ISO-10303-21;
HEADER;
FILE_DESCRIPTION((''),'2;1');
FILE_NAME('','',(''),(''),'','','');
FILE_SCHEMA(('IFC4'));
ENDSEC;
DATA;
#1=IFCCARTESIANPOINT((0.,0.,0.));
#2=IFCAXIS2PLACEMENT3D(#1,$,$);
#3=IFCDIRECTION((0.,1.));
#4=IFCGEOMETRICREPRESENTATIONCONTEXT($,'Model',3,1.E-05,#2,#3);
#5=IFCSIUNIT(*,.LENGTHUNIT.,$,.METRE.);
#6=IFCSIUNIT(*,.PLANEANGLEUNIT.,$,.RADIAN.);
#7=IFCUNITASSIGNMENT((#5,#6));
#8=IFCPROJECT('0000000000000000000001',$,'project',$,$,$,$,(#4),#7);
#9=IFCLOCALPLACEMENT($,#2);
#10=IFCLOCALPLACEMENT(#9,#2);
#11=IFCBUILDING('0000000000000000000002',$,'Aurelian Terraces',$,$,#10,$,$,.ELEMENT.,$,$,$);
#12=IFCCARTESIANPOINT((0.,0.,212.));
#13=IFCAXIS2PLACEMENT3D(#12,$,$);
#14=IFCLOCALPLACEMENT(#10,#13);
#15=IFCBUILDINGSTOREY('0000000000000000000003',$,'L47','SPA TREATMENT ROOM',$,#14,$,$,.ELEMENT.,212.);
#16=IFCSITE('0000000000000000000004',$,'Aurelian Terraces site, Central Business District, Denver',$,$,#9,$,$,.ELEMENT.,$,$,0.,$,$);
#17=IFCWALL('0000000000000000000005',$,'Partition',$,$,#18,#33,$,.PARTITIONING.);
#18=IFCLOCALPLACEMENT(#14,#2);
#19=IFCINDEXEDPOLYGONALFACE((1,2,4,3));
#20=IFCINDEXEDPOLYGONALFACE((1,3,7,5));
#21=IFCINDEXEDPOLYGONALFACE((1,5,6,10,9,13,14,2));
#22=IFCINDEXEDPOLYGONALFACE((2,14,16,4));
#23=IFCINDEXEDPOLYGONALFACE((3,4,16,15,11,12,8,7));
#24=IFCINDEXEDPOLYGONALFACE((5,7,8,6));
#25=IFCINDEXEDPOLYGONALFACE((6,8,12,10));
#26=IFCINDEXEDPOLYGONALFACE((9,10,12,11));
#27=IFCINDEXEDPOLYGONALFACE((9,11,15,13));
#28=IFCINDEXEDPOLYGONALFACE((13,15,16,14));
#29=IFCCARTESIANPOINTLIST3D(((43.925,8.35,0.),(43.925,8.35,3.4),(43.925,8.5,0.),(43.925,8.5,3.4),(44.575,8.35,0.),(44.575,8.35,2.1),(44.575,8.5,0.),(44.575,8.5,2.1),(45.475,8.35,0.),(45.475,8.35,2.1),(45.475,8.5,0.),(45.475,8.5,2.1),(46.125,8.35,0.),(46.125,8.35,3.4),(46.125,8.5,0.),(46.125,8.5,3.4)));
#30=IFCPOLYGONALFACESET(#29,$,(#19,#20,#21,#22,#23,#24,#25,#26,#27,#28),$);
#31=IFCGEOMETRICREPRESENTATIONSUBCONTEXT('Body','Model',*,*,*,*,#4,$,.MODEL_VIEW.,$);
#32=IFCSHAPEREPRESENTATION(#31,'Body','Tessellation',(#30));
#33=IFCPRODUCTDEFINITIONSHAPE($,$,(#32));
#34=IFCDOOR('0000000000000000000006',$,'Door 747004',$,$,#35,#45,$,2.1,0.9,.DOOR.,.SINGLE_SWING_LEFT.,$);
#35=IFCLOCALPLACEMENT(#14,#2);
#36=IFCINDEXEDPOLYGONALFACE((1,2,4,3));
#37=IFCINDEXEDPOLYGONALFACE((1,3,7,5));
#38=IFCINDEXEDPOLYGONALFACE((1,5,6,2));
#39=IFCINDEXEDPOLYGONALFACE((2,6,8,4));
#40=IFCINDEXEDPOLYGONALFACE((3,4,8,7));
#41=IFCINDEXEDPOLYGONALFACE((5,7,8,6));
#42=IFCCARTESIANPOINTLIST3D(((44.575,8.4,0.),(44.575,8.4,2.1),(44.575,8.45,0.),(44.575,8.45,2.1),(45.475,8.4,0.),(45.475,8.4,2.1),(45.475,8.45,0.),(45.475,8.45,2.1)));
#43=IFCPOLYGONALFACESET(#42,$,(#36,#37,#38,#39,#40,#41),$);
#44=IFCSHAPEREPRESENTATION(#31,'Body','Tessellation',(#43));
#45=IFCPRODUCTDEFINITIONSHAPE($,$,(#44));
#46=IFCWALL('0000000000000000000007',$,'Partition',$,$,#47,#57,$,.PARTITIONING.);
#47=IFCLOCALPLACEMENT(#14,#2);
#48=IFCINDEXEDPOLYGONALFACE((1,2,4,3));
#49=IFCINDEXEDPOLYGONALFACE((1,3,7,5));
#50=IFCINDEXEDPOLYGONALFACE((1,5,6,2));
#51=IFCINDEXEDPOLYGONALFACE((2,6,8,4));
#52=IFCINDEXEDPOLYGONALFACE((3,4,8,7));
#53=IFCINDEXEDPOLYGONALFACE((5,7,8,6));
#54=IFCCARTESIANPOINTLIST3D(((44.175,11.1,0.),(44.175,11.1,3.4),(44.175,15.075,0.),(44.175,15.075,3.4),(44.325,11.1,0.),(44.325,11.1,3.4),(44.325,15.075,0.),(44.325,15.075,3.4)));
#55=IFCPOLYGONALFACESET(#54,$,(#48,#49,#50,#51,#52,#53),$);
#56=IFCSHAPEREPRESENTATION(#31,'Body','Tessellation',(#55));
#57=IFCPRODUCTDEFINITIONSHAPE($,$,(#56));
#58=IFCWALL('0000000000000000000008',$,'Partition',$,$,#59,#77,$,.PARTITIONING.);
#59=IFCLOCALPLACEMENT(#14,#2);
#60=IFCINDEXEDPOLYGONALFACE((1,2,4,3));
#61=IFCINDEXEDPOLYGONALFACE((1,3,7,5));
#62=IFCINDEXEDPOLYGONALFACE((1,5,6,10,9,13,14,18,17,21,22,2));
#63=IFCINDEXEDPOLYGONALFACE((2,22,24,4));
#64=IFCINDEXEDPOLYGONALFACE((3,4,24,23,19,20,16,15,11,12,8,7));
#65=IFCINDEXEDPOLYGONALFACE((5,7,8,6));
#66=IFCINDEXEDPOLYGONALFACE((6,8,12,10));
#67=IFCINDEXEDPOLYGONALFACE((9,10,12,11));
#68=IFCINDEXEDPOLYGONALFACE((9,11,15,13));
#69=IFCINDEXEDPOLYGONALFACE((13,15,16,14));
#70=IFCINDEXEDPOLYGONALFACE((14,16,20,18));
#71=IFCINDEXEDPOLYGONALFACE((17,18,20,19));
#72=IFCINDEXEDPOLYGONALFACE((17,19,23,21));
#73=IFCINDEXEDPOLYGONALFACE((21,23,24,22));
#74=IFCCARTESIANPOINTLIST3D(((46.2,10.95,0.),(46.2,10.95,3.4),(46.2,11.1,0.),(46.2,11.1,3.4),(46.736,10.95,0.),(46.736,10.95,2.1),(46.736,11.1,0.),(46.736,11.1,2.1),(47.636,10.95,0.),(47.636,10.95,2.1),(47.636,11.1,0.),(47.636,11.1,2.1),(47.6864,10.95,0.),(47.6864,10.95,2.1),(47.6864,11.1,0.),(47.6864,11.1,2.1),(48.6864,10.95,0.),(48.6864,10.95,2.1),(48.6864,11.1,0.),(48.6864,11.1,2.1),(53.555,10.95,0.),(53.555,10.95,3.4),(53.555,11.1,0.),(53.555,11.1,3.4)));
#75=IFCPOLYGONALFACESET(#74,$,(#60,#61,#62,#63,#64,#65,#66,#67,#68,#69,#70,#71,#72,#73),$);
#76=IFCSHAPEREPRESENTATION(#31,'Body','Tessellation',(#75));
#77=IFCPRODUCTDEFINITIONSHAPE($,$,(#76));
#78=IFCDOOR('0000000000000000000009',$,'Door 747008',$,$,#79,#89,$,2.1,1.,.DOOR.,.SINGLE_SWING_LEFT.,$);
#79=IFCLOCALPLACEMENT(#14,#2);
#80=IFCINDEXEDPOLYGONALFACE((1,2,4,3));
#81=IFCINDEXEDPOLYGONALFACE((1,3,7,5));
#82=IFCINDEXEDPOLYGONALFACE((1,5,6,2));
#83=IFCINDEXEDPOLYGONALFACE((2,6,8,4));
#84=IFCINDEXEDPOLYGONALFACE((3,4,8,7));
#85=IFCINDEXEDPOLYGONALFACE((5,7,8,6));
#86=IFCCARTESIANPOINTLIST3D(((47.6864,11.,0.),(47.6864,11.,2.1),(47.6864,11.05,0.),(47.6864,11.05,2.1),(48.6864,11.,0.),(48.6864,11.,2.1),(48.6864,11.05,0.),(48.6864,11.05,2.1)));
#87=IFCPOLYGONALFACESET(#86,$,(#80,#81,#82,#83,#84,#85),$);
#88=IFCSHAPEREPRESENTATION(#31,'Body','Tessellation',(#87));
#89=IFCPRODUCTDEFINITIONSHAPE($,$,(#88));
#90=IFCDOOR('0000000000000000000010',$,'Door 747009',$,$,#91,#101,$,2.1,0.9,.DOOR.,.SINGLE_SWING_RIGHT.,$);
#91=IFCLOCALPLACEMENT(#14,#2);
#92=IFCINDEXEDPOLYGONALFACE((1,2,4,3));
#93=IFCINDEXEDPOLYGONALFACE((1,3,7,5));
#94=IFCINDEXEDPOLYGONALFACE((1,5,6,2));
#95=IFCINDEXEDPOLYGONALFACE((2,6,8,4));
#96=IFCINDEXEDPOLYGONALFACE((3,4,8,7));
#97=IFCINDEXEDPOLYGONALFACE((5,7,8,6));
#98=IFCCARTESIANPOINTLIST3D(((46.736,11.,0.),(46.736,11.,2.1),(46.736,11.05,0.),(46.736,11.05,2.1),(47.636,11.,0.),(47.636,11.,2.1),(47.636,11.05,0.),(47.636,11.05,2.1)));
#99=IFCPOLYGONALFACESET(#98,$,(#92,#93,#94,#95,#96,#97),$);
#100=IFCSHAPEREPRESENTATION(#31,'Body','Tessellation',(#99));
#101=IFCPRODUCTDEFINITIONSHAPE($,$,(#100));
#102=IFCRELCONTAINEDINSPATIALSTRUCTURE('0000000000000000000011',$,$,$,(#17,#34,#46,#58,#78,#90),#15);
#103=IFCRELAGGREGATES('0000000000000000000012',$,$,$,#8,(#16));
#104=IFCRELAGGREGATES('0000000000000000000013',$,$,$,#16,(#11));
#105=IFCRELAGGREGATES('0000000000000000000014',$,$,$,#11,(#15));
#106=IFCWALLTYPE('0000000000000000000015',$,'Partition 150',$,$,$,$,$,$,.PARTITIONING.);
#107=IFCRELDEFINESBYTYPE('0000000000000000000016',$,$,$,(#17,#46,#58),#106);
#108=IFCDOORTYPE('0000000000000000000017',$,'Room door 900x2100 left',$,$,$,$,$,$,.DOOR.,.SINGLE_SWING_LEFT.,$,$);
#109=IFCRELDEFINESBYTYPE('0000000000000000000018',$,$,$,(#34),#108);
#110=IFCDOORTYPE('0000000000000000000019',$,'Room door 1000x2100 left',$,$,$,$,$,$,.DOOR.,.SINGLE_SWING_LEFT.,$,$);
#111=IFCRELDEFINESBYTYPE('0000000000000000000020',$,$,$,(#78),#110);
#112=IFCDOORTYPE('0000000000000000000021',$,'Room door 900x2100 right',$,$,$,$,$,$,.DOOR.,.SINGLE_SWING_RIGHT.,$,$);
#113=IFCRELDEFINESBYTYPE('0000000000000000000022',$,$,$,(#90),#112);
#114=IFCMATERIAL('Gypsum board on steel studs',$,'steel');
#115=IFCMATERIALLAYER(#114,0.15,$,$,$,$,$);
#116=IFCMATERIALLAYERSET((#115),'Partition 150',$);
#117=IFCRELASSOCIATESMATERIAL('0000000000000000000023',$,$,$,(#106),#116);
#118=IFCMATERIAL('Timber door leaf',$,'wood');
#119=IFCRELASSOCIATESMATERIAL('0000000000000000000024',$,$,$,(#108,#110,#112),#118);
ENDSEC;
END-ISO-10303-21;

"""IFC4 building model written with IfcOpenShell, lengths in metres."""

from ifc_helpers import new_model, si_unit, direction, frame, frame_2d, origin, place, context, subcontext, project, spatial, rectangle, extrude, source, transform, mapped, material, layer, layer_set, type_object, element, fill, save


model = new_model("IFC4")

# Units and contexts
model_context = context("Model", 3, precision=1e-05, world=origin(), true_north=direction((0.0, 1.0)))
body_context = subcontext(model_context, "Body", "Model", "MODEL_VIEW")
ifc_project = project(units=[si_unit("LENGTHUNIT", "METRE"), si_unit("PLANEANGLEUNIT", "RADIAN")], contexts=[model_context])

# Site, building, storey
site_placement = place(None, origin())
site = spatial("IfcSite", under=ifc_project, at=site_placement, Name="Aurelian Terraces site, Central Business District, Denver", CompositionType="ELEMENT", RefElevation=0.0)
building_placement = place(site_placement, origin())
building = spatial("IfcBuilding", under=site, at=building_placement, Name="Aurelian Terraces", CompositionType="ELEMENT")
storey_placement = place(building_placement, frame((0.0, 0.0, 212.0)))
storey = spatial("IfcBuildingStorey", under=building, at=storey_placement, Name="L47", Description="SPA TREATMENT ROOM", CompositionType="ELEMENT", Elevation=212.0)

# Shared definitions
ifc_material_1 = material(Name="Gypsum board on steel studs", Category="steel")
ifc_layer_1 = layer(ifc_material_1, 0.15)
ifc_layer_set_1 = layer_set([ifc_layer_1], Name="Partition 150")
wall_type_1 = type_object("IfcWallType", Name="Partition 150", PredefinedType="PARTITIONING", material=ifc_layer_set_1)

# Shared definitions
shared_shape_1 = source(origin(), body_context, "Body", "SweptSolid", [
    extrude(rectangle(XDim=0.9, YDim=2.1, at=frame_2d((0.45, 1.05))), frame((0.0, 0.085, 0.0), z_axis=(0.0, -1.0, 0.0), x_axis=(1.0, 0.0, 0.0)), (0.0, 0.0, 1.0), 0.17),
])
ifc_material_2 = material(Name="Timber door leaf", Category="wood")
door_type_1 = type_object("IfcDoorType", Name="Room door 900x2100 left", OperationType="SINGLE_SWING_LEFT", PredefinedType="DOOR", material=ifc_material_2)
shared_shape_2 = source(origin(), body_context, "Body", "SweptSolid", [
    extrude(rectangle(XDim=0.9, YDim=2.1, at=frame_2d((0.45, 1.05))), frame((0.0, 0.025, 0.0), z_axis=(0.0, -1.0, 0.0), x_axis=(1.0, 0.0, 0.0)), (0.0, 0.0, 1.0), 0.05),
])

# Wall, opening, door
shared_shape_3 = source(origin(), body_context, "Body", "SweptSolid", [
    extrude(rectangle(XDim=2.2, YDim=0.15, at=frame_2d((1.1, 0.0))), origin(), (0.0, 0.0, 1.0), 3.4),
])
wall_1_placement = place(storey_placement, frame((46.125, 8.425, 0.0), z_axis=(0.0, 0.0, 1.0), x_axis=(-1.0, 0.0, 0.0)))
wall_1 = element("IfcWall", 1, at=wall_1_placement, inside=storey, type_object=wall_type_1, Name="Partition", PredefinedType="PARTITIONING", context=body_context, shape_type="MappedRepresentation", body=[
    mapped(shared_shape_3, transform((0.0, 0.0, 0.0), scale=1.0)),
])
opening_1_placement = place(wall_1_placement, frame((0.65, 0.0, 0.0)))
opening_1 = element("IfcOpeningElement", 2, at=opening_1_placement, cuts=wall_1, PredefinedType="OPENING", context=body_context, shape_type="MappedRepresentation", body=[
    mapped(shared_shape_1, transform((0.0, 0.0, 0.0), scale=1.0)),
])
door_1_placement = place(opening_1_placement, origin())
door_1 = element("IfcDoor", 3, at=door_1_placement, inside=storey, type_object=door_type_1, Name="Door 747004", OperationType="SINGLE_SWING_LEFT", OverallHeight=2.1, OverallWidth=0.9, PredefinedType="DOOR", context=body_context, shape_type="MappedRepresentation", body=[
    mapped(shared_shape_2, transform((0.0, 0.0, 0.0), scale=1.0)),
])
fill(opening_1, door_1)

# Wall
shared_shape_4 = source(origin(), body_context, "Body", "SweptSolid", [
    extrude(rectangle(XDim=3.975, YDim=0.15, at=frame_2d((1.9875, 0.0))), origin(), (0.0, 0.0, 1.0), 3.4),
])
wall_2_placement = place(storey_placement, frame((44.25, 11.1, 0.0), z_axis=(0.0, 0.0, 1.0), x_axis=(0.0, 1.0, 0.0)))
element("IfcWall", 4, at=wall_2_placement, inside=storey, type_object=wall_type_1, Name="Partition", PredefinedType="PARTITIONING", context=body_context, shape_type="MappedRepresentation", body=[
    mapped(shared_shape_4, transform((0.0, 0.0, 0.0), scale=1.0)),
])

# Wall, openings, doors
shared_shape_5 = source(origin(), body_context, "Body", "SweptSolid", [
    extrude(rectangle(XDim=7.355, YDim=0.15, at=frame_2d((3.6775, 0.0))), origin(), (0.0, 0.0, 1.0), 3.4),
])
wall_3_placement = place(storey_placement, frame((53.555, 11.025, 0.0), z_axis=(0.0, 0.0, 1.0), x_axis=(-1.0, 0.0, 0.0)))
wall_3 = element("IfcWall", 5, at=wall_3_placement, inside=storey, type_object=wall_type_1, Name="Partition", PredefinedType="PARTITIONING", context=body_context, shape_type="MappedRepresentation", body=[
    mapped(shared_shape_5, transform((0.0, 0.0, 0.0), scale=1.0)),
])
shared_shape_6 = source(origin(), body_context, "Body", "SweptSolid", [
    extrude(rectangle(XDim=1.0, YDim=2.1, at=frame_2d((0.5, 1.05))), frame((0.0, 0.085, 0.0), z_axis=(0.0, -1.0, 0.0), x_axis=(1.0, 0.0, 0.0)), (0.0, 0.0, 1.0), 0.17),
])
opening_2_placement = place(wall_3_placement, frame((4.8686, 0.0, 0.0)))
opening_2 = element("IfcOpeningElement", 6, at=opening_2_placement, cuts=wall_3, PredefinedType="OPENING", context=body_context, shape_type="MappedRepresentation", body=[
    mapped(shared_shape_6, transform((0.0, 0.0, 0.0), scale=1.0)),
])
opening_3_placement = place(wall_3_placement, frame((5.919, 0.0, 0.0)))
opening_3 = element("IfcOpeningElement", 7, at=opening_3_placement, cuts=wall_3, PredefinedType="OPENING", context=body_context, shape_type="MappedRepresentation", body=[
    mapped(shared_shape_1, transform((0.0, 0.0, 0.0), scale=1.0)),
])
door_type_2 = type_object("IfcDoorType", Name="Room door 1000x2100 left", OperationType="SINGLE_SWING_LEFT", PredefinedType="DOOR", material=ifc_material_2)
shared_shape_7 = source(origin(), body_context, "Body", "SweptSolid", [
    extrude(rectangle(XDim=1.0, YDim=2.1, at=frame_2d((0.5, 1.05))), frame((0.0, 0.025, 0.0), z_axis=(0.0, -1.0, 0.0), x_axis=(1.0, 0.0, 0.0)), (0.0, 0.0, 1.0), 0.05),
])
door_2_placement = place(opening_2_placement, origin())
door_2 = element("IfcDoor", 8, at=door_2_placement, inside=storey, type_object=door_type_2, Name="Door 747008", OperationType="SINGLE_SWING_LEFT", OverallHeight=2.1, OverallWidth=1.0, PredefinedType="DOOR", context=body_context, shape_type="MappedRepresentation", body=[
    mapped(shared_shape_7, transform((0.0, 0.0, 0.0), scale=1.0)),
])
fill(opening_2, door_2)
door_type_3 = type_object("IfcDoorType", Name="Room door 900x2100 right", OperationType="SINGLE_SWING_RIGHT", PredefinedType="DOOR", material=ifc_material_2)
door_3_placement = place(opening_3_placement, origin())
door_3 = element("IfcDoor", 9, at=door_3_placement, inside=storey, type_object=door_type_3, Name="Door 747009", OperationType="SINGLE_SWING_RIGHT", OverallHeight=2.1, OverallWidth=0.9, PredefinedType="DOOR", context=body_context, shape_type="MappedRepresentation", body=[
    mapped(shared_shape_2, transform((0.0, 0.0, 0.0), scale=1.0)),
])
fill(opening_3, door_3)

save(model, "model.ifc")
